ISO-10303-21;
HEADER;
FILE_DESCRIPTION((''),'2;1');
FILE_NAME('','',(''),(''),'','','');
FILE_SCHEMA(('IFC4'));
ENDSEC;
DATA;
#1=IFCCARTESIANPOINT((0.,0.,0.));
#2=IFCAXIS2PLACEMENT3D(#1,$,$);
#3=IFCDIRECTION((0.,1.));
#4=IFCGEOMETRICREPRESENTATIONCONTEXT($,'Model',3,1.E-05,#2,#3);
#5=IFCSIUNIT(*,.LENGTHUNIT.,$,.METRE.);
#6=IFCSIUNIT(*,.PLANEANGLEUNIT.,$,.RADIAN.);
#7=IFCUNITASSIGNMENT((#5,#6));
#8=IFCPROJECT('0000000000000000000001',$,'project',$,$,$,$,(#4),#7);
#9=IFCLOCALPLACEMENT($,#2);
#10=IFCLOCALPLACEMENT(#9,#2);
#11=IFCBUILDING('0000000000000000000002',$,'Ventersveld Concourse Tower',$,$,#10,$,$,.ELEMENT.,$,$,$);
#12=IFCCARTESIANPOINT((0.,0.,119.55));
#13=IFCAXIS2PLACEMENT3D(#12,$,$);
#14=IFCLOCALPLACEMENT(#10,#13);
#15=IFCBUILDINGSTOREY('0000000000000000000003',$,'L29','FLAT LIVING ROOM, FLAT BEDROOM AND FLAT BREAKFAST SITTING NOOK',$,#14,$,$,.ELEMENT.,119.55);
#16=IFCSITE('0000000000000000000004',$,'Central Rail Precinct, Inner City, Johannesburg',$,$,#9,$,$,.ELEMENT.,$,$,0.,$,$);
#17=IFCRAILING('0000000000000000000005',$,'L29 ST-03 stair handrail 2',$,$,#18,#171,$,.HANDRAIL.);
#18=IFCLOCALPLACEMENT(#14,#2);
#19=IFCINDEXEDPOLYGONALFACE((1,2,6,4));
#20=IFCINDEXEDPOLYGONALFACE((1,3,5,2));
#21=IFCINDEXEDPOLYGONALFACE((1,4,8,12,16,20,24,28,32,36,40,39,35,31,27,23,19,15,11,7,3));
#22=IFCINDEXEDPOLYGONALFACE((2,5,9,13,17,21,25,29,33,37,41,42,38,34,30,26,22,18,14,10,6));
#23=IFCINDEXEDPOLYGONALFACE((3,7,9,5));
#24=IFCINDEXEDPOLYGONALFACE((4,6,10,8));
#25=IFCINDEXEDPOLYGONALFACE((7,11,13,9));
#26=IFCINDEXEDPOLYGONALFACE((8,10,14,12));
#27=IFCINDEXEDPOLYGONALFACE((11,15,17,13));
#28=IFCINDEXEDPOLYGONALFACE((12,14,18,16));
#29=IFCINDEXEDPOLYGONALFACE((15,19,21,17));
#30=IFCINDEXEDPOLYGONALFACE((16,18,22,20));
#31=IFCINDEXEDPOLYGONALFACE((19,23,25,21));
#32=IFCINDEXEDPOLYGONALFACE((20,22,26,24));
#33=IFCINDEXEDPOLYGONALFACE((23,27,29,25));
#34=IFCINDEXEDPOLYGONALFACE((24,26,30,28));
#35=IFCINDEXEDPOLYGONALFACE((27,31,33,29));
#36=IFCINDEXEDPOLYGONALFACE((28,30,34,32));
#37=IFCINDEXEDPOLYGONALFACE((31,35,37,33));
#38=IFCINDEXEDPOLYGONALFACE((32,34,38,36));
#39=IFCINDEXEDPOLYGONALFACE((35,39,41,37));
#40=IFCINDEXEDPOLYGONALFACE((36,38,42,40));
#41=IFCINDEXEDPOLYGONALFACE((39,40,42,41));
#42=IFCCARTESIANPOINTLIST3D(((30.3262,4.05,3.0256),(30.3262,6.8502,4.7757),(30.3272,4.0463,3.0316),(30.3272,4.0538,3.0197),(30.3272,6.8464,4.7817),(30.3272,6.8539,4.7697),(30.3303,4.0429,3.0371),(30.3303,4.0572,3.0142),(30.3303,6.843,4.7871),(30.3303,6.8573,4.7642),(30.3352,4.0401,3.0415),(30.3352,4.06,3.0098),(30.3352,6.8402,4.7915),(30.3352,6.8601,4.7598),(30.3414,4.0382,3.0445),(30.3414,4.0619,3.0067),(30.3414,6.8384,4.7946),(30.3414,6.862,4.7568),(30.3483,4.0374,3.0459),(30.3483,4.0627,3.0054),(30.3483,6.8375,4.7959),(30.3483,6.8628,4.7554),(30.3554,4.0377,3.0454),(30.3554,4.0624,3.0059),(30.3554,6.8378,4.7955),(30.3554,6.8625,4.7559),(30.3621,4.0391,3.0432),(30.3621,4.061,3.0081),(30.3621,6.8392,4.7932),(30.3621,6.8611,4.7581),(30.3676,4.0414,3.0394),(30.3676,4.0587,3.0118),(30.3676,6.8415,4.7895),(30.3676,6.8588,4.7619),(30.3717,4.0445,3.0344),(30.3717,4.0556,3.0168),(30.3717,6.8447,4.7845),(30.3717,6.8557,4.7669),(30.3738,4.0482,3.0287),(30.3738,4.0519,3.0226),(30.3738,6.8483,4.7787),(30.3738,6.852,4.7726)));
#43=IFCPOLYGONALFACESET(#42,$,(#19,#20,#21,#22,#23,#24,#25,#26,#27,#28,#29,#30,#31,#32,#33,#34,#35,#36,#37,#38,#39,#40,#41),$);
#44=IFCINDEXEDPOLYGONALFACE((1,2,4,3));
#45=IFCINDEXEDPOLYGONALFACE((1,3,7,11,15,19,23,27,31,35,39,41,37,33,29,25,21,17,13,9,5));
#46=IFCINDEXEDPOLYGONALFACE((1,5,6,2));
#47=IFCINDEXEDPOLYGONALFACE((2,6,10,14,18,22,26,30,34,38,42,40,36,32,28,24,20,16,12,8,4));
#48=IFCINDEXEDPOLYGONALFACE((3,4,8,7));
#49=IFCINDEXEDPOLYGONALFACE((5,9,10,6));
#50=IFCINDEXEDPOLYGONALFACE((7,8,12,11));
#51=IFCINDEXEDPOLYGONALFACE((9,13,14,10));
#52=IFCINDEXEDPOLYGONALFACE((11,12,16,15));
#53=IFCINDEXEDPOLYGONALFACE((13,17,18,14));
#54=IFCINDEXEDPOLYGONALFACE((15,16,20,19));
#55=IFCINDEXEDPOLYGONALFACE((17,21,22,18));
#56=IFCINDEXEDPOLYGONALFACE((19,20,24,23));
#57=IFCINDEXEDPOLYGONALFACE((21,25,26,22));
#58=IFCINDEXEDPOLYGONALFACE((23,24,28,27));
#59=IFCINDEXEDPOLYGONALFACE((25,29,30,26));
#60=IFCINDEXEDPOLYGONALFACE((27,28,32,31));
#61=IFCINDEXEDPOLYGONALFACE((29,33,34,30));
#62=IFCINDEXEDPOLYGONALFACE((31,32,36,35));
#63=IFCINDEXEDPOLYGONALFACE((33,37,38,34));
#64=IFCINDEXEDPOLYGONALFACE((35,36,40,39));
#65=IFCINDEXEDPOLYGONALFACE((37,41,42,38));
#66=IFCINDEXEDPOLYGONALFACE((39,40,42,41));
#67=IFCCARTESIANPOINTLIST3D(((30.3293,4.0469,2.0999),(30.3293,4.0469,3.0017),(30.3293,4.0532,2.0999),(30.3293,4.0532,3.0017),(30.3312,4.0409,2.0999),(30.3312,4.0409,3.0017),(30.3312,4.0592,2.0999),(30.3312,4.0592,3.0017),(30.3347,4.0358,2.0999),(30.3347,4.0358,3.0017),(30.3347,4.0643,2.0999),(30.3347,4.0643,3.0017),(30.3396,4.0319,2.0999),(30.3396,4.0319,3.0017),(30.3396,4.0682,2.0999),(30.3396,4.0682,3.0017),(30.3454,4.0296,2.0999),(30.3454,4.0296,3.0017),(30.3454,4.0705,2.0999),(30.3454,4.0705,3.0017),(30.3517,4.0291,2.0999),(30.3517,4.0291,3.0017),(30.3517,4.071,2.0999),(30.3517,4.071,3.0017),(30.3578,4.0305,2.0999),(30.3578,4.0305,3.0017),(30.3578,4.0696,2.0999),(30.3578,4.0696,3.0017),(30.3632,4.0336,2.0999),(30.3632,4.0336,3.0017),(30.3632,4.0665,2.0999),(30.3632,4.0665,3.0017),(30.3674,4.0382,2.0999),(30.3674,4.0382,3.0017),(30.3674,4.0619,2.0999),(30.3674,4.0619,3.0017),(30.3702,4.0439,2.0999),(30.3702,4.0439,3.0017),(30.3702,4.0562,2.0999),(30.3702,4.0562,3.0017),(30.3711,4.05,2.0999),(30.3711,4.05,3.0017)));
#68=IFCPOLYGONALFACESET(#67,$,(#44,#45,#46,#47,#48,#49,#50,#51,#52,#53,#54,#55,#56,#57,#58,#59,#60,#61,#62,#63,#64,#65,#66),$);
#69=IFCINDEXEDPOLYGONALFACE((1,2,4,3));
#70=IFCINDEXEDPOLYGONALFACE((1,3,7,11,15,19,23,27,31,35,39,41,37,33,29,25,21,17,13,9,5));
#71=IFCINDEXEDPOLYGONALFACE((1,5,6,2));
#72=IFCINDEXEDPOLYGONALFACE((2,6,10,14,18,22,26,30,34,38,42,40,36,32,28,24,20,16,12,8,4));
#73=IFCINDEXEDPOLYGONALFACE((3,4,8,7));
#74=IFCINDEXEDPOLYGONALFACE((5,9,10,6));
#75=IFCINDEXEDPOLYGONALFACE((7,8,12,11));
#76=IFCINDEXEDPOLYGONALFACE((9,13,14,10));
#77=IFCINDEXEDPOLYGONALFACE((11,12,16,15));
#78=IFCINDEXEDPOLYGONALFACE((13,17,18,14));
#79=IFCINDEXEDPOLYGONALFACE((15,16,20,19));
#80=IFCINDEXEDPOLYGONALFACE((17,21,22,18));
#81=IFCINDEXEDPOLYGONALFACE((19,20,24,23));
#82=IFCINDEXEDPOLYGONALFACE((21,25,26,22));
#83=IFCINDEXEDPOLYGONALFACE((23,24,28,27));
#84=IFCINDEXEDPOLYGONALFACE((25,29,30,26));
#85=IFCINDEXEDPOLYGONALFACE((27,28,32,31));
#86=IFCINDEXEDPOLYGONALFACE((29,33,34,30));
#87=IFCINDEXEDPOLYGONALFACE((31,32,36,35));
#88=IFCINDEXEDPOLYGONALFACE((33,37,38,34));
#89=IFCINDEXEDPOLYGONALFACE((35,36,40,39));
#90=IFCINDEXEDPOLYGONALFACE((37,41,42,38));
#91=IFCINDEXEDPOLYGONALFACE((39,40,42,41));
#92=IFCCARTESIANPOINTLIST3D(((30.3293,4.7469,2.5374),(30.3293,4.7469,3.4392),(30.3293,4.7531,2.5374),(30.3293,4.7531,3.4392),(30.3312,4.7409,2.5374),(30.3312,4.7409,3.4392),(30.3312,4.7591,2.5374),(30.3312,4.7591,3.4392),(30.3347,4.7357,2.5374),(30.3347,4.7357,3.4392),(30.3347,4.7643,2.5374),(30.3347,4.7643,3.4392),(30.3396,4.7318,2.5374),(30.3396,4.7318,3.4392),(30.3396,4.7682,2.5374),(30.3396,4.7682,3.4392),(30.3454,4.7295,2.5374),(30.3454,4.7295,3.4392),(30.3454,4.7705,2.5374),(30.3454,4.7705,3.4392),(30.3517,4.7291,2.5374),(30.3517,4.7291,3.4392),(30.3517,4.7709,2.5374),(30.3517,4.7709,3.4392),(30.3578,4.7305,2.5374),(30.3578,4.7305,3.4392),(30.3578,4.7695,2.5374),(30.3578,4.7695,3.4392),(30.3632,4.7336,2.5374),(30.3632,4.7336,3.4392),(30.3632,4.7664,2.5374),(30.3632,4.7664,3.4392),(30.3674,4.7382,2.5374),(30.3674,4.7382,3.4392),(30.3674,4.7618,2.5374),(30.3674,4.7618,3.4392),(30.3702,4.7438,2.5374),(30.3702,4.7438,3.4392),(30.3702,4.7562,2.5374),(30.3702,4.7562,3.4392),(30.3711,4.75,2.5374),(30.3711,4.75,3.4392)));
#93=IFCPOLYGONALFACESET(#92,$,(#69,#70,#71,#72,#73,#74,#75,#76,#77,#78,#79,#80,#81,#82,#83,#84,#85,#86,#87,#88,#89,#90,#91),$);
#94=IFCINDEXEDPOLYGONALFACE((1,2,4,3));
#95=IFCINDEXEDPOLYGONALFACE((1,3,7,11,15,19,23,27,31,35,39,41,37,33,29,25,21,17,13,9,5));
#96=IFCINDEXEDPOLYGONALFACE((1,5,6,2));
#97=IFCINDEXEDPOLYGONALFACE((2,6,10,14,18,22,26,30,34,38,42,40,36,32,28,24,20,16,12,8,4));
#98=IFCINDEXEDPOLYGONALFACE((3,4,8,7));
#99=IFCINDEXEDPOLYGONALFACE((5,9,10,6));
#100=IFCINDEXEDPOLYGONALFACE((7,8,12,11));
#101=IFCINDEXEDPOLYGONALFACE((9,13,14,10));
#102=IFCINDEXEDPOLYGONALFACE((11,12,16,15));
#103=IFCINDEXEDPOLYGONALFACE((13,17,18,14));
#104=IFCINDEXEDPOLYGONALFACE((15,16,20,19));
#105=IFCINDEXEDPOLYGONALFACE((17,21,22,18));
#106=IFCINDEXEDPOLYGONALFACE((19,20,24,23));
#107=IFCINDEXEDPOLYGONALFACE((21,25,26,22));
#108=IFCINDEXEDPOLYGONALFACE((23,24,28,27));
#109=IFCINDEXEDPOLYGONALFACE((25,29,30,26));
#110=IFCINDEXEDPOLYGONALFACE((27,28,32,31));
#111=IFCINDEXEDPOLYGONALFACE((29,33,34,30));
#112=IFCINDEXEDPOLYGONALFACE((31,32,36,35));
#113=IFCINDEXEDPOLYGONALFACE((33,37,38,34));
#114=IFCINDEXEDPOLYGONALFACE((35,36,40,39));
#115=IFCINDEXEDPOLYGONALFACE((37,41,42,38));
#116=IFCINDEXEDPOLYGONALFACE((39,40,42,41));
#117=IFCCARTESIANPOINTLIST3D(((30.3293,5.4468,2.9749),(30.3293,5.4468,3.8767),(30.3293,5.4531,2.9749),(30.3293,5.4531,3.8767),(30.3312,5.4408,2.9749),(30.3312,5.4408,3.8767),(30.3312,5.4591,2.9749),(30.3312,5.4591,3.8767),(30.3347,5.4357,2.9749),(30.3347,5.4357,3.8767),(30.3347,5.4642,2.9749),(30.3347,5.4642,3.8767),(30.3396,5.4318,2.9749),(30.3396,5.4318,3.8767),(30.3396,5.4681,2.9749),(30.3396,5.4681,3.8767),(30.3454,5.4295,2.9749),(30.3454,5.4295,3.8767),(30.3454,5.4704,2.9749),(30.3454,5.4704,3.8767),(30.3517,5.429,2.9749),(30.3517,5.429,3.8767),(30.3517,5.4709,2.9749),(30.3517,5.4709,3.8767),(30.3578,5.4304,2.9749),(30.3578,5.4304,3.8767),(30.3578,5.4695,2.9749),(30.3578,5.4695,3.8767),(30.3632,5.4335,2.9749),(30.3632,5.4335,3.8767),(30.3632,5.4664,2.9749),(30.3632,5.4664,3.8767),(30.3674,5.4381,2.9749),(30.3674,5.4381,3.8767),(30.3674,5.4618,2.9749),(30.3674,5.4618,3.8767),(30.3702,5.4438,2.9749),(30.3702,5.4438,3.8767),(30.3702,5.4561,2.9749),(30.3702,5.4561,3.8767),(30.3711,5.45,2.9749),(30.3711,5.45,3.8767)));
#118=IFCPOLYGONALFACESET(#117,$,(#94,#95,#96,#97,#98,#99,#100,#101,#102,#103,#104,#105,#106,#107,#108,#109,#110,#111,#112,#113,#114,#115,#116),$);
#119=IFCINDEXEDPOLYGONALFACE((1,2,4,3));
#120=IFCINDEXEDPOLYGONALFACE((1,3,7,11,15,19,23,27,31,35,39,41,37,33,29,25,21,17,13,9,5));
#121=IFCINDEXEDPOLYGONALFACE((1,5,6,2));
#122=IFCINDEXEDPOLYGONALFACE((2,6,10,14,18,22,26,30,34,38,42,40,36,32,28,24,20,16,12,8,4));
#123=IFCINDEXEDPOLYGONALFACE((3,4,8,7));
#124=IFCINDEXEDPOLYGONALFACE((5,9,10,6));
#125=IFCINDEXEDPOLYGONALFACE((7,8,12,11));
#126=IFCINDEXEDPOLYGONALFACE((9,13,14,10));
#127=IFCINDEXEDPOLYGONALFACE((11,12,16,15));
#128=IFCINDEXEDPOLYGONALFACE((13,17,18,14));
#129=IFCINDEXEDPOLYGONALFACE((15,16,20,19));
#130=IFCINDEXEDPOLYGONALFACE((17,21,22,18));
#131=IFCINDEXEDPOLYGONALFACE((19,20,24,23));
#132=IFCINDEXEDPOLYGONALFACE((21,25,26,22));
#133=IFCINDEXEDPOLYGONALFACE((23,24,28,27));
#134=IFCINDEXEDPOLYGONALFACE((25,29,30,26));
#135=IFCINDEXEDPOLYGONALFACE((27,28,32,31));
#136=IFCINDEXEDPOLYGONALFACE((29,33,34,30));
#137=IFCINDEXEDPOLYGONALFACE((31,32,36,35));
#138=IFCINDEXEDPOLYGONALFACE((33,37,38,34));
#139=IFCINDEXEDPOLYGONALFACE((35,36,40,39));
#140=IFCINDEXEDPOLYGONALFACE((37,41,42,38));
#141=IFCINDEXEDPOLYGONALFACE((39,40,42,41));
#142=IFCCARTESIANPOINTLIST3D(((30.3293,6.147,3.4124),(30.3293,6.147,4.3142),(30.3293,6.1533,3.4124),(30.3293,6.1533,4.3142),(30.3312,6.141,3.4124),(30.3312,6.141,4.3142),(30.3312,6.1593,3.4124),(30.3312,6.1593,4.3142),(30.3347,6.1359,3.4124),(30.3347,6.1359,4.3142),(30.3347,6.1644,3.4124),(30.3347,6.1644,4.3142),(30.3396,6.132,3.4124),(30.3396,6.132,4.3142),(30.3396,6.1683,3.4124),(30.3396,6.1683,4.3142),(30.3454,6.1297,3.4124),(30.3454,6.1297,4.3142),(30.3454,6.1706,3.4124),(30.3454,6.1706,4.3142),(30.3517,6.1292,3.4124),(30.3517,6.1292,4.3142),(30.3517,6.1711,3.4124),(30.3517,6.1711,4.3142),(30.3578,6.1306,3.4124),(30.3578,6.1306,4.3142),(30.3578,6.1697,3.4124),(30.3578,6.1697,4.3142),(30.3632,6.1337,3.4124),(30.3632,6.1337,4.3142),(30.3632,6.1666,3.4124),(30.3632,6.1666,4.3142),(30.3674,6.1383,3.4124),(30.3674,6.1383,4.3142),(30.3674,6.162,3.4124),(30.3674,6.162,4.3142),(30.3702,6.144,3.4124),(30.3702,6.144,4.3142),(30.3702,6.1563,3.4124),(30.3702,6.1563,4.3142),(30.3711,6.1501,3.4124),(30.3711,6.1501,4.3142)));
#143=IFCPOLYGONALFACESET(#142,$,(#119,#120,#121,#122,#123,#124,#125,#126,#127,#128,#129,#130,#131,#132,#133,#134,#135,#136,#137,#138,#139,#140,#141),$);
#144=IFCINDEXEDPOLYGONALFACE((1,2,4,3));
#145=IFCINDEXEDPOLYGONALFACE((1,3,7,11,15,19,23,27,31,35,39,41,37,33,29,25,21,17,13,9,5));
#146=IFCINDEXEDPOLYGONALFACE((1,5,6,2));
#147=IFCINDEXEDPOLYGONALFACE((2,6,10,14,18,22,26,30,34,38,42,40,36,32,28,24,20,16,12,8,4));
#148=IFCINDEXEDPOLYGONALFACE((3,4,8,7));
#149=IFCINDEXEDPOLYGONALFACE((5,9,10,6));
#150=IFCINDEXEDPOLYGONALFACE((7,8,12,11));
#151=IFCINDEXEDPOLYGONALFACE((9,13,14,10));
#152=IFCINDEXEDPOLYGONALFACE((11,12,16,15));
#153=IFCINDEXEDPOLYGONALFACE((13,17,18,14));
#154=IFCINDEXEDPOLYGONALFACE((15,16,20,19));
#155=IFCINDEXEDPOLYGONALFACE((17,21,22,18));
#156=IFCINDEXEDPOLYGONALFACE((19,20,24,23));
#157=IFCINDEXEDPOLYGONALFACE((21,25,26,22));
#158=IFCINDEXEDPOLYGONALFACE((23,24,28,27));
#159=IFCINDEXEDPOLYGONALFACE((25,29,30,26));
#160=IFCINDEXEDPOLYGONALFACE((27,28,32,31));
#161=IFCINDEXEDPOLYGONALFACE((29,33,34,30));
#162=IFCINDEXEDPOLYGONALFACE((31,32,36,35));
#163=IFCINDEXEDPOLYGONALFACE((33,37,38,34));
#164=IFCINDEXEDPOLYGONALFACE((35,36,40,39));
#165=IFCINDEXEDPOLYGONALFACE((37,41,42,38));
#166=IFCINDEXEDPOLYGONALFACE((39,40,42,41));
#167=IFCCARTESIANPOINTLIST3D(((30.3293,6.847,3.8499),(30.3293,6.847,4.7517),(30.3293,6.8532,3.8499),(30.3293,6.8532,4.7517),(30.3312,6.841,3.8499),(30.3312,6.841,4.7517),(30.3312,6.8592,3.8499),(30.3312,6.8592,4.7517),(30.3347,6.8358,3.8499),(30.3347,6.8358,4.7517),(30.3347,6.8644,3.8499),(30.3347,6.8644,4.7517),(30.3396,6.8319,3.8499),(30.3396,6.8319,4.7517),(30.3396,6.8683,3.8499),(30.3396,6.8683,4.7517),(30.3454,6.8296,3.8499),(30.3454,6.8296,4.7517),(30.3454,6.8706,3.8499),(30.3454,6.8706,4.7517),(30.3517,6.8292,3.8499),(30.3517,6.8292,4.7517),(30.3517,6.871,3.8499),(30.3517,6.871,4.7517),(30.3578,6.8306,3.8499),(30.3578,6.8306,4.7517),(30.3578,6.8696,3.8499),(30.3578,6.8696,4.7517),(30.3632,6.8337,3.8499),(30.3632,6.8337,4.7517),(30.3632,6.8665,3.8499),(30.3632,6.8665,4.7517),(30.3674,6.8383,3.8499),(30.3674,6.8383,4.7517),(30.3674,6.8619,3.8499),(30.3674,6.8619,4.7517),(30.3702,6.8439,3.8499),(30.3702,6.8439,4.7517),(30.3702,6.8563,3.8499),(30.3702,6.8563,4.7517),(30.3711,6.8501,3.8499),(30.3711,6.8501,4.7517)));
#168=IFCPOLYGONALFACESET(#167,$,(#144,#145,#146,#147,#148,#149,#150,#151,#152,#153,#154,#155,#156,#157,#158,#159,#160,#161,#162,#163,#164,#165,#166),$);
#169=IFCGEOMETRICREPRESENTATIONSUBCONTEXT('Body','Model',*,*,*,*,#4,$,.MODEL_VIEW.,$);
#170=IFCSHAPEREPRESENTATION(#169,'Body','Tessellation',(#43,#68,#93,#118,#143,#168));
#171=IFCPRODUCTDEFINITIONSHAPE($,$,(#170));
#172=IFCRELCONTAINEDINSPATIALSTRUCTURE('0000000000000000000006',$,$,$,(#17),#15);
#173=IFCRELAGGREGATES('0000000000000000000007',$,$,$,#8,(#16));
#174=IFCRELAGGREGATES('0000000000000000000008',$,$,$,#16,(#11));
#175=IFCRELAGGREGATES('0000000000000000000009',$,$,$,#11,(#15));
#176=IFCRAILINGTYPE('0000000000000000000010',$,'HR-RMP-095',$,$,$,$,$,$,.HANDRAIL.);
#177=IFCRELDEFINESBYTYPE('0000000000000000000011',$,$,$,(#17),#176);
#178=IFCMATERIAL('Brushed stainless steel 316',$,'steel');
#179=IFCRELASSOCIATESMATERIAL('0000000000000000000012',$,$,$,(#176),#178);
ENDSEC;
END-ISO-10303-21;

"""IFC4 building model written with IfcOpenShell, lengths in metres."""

from ifc_helpers import new_model, si_unit, direction, frame, origin, origin_2d, place, context, subcontext, project, spatial, circle, extrude, material, type_object, element, save


model = new_model("IFC4")

# Units and contexts
model_context = context("Model", 3, precision=1e-05, world=origin(), true_north=direction((0.0, 1.0)))
body_context = subcontext(model_context, "Body", "Model", "MODEL_VIEW")
ifc_project = project(units=[si_unit("LENGTHUNIT", "METRE"), si_unit("PLANEANGLEUNIT", "RADIAN")], contexts=[model_context])

# Site, building, storey
site_placement = place(None, origin())
site = spatial("IfcSite", under=ifc_project, at=site_placement, Name="Central Rail Precinct, Inner City, Johannesburg", CompositionType="ELEMENT", RefElevation=0.0)
building_placement = place(site_placement, origin())
building = spatial("IfcBuilding", under=site, at=building_placement, Name="Ventersveld Concourse Tower", CompositionType="ELEMENT")
storey_placement = place(building_placement, frame((0.0, 0.0, 119.55)))
storey = spatial("IfcBuildingStorey", under=building, at=storey_placement, Name="L29", Description="FLAT LIVING ROOM, FLAT BEDROOM AND FLAT BREAKFAST SITTING NOOK", CompositionType="ELEMENT", Elevation=119.55)

# Railing
ifc_material_1 = material(Name="Brushed stainless steel 316", Category="steel")
railing_type_1 = type_object("IfcRailingType", Name="HR-RMP-095", PredefinedType="HANDRAIL", material=ifc_material_1)
railing_1_placement = place(storey_placement, frame((30.3501, 4.05, 2.0999)))
element("IfcRailing", 1, at=railing_1_placement, inside=storey, type_object=railing_type_1, Name="L29 ST-03 stair handrail 2", PredefinedType="HANDRAIL", context=body_context, shape_type="SweptSolid", body=[
    extrude(circle(Radius=0.0239, at=origin_2d()), frame((0.0, 0.0, 0.9258), z_axis=(0.0, 0.848002, 0.529992), x_axis=(-1.0, 0.0, 0.0)), (0.0, 0.0, 1.0), 3.302),
    extrude(circle(Radius=0.021, at=origin_2d()), origin(), (0.0, 0.0, 1.0), 0.9019),
    extrude(circle(Radius=0.021, at=origin_2d()), frame((0.0, 0.7, 0.4375)), (0.0, 0.0, 1.0), 0.9019),
    extrude(circle(Radius=0.021, at=origin_2d()), frame((0.0, 1.3999, 0.875)), (0.0, 0.0, 1.0), 0.9019),
    extrude(circle(Radius=0.021, at=origin_2d()), frame((0.0, 2.1001, 1.3125)), (0.0, 0.0, 1.0), 0.9019),
    extrude(circle(Radius=0.021, at=origin_2d()), frame((0.0, 2.8, 1.75)), (0.0, 0.0, 1.0), 0.9019),
])

save(model, "model.ifc")
